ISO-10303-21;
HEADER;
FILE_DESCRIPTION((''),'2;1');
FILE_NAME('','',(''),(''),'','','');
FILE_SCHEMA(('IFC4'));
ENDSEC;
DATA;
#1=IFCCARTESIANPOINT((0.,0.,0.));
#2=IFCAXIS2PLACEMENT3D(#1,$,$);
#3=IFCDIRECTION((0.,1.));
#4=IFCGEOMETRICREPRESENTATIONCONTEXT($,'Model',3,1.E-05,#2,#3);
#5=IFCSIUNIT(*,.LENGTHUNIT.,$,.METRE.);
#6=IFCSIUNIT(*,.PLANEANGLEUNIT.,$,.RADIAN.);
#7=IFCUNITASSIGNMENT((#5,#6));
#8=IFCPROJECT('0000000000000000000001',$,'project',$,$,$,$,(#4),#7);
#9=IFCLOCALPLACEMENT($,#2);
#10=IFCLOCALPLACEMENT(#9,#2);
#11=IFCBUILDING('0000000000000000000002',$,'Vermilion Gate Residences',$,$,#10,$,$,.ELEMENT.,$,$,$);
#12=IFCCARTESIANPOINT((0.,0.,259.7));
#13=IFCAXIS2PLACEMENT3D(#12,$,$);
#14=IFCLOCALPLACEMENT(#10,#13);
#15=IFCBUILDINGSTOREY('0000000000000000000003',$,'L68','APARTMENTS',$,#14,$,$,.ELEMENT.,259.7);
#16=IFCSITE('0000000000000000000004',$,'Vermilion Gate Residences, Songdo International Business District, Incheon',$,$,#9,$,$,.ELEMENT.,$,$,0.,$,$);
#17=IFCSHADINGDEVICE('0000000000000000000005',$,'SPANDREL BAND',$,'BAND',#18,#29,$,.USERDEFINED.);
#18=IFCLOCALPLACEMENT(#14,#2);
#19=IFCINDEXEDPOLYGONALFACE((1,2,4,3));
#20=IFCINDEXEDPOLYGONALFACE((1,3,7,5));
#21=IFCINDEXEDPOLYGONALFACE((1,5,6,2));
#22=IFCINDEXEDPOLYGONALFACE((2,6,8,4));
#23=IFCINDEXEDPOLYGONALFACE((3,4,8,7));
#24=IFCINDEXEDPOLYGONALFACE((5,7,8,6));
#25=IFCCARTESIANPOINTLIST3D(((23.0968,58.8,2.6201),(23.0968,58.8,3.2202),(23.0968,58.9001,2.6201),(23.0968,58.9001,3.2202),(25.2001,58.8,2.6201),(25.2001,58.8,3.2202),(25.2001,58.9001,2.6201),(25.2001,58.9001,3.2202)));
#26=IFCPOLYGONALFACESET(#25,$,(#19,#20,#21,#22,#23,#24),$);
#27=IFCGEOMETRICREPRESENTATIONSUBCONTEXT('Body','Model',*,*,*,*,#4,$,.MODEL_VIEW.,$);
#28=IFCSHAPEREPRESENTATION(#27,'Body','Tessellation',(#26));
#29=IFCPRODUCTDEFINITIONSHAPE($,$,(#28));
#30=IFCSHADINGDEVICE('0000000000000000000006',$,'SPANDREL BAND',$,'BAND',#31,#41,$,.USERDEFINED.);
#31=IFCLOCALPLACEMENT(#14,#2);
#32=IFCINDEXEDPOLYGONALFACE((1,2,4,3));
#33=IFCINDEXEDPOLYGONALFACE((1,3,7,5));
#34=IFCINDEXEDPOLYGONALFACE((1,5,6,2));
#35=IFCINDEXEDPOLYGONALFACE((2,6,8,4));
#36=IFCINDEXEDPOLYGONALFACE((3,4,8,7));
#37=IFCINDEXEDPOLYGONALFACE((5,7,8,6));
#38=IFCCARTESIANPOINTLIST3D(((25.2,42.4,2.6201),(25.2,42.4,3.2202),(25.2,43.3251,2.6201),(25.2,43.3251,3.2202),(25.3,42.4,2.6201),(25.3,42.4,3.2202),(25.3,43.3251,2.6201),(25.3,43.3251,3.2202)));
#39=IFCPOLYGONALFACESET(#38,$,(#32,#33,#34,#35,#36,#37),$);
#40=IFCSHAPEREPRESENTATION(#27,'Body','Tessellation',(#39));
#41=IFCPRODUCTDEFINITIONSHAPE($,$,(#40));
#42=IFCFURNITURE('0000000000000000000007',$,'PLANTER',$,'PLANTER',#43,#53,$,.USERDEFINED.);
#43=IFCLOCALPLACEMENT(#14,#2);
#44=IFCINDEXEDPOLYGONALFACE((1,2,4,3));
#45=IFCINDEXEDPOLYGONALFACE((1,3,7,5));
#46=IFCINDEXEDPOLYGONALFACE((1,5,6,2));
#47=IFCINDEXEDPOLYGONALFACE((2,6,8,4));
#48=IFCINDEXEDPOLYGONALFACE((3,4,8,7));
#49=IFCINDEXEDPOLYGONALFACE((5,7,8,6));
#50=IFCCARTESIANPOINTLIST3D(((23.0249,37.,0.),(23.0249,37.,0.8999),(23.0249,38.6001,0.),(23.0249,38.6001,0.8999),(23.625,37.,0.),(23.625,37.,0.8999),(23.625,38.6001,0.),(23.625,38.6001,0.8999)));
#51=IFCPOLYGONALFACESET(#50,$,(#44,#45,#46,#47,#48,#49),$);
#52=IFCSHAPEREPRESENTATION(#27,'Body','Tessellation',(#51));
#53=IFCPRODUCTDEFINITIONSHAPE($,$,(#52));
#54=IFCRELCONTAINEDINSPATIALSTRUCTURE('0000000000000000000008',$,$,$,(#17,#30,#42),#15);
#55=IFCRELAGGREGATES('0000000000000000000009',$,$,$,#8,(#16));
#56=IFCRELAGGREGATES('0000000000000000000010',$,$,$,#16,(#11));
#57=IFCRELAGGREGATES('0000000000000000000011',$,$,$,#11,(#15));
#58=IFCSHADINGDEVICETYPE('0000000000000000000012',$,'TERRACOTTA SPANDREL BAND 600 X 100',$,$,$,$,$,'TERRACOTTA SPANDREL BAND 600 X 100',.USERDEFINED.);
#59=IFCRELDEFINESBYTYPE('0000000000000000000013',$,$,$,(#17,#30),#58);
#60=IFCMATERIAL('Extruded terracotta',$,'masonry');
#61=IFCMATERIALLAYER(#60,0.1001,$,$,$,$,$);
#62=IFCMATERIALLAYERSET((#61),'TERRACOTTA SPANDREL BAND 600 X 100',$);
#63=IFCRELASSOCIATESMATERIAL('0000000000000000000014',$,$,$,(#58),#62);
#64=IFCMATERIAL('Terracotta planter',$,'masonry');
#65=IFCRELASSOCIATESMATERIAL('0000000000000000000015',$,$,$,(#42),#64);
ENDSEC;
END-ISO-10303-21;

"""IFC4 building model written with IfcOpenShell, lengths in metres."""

from ifc_helpers import new_model, si_unit, direction, frame, origin, origin_2d, place, context, subcontext, project, spatial, rectangle, extrude, material, layer, layer_set, type_object, element, save


model = new_model("IFC4")

# Units and contexts
model_context = context("Model", 3, precision=1e-05, world=origin(), true_north=direction((0.0, 1.0)))
body_context = subcontext(model_context, "Body", "Model", "MODEL_VIEW")
ifc_project = project(units=[si_unit("LENGTHUNIT", "METRE"), si_unit("PLANEANGLEUNIT", "RADIAN")], contexts=[model_context])

# Site, building, storey
site_placement = place(None, origin())
site = spatial("IfcSite", under=ifc_project, at=site_placement, Name="Vermilion Gate Residences, Songdo International Business District, Incheon", CompositionType="ELEMENT", RefElevation=0.0)
building_placement = place(site_placement, origin())
building = spatial("IfcBuilding", under=site, at=building_placement, Name="Vermilion Gate Residences", CompositionType="ELEMENT")
storey_placement = place(building_placement, frame((0.0, 0.0, 259.7)))
storey = spatial("IfcBuildingStorey", under=building, at=storey_placement, Name="L68", Description="APARTMENTS", CompositionType="ELEMENT", Elevation=259.7)

# Shading devices
ifc_material_1 = material(Name="Extruded terracotta", Category="masonry")
ifc_layer_1 = layer(ifc_material_1, 0.1001)
ifc_layer_set_1 = layer_set([ifc_layer_1], Name="TERRACOTTA SPANDREL BAND 600 X 100")
shading_device_type = type_object("IfcShadingDeviceType", Name="TERRACOTTA SPANDREL BAND 600 X 100", ElementType="TERRACOTTA SPANDREL BAND 600 X 100", PredefinedType="USERDEFINED", material=ifc_layer_set_1)
shading_device_1_placement = place(storey_placement, frame((24.1484, 58.8501, 2.6201), z_axis=(0.0, 0.0, 1.0), x_axis=(1.0, 0.0, 0.0)))
element("IfcShadingDevice", 1, at=shading_device_1_placement, inside=storey, type_object=shading_device_type, Name="SPANDREL BAND", ObjectType="BAND", PredefinedType="USERDEFINED", context=body_context, shape_type="SweptSolid", body=[
    extrude(rectangle(XDim=2.1033, YDim=0.1001, at=origin_2d()), origin(), (0.0, 0.0, 1.0), 0.6001),
])
shading_device_2_placement = place(storey_placement, frame((25.25, 42.8625, 2.6201), z_axis=(0.0, 0.0, 1.0), x_axis=(0.0, 1.0, 0.0)))
element("IfcShadingDevice", 2, at=shading_device_2_placement, inside=storey, type_object=shading_device_type, Name="SPANDREL BAND", ObjectType="BAND", PredefinedType="USERDEFINED", context=body_context, shape_type="SweptSolid", body=[
    extrude(rectangle(XDim=0.925, YDim=0.1001, at=origin_2d()), origin(), (0.0, 0.0, 1.0), 0.6001),
])

# Furniture
ifc_material_2 = material(Name="Terracotta planter", Category="masonry")
furniture_placement = place(storey_placement, frame((23.325, 37.8, 0.0), z_axis=(0.0, 0.0, 1.0), x_axis=(0.0, 1.0, 0.0)))
element("IfcFurniture", 3, at=furniture_placement, inside=storey, material=ifc_material_2, Name="PLANTER", ObjectType="PLANTER", PredefinedType="USERDEFINED", context=body_context, shape_type="SweptSolid", body=[
    extrude(rectangle(XDim=1.6001, YDim=0.6001, at=origin_2d()), origin(), (0.0, 0.0, 1.0), 0.8999),
])

save(model, "model.ifc")
